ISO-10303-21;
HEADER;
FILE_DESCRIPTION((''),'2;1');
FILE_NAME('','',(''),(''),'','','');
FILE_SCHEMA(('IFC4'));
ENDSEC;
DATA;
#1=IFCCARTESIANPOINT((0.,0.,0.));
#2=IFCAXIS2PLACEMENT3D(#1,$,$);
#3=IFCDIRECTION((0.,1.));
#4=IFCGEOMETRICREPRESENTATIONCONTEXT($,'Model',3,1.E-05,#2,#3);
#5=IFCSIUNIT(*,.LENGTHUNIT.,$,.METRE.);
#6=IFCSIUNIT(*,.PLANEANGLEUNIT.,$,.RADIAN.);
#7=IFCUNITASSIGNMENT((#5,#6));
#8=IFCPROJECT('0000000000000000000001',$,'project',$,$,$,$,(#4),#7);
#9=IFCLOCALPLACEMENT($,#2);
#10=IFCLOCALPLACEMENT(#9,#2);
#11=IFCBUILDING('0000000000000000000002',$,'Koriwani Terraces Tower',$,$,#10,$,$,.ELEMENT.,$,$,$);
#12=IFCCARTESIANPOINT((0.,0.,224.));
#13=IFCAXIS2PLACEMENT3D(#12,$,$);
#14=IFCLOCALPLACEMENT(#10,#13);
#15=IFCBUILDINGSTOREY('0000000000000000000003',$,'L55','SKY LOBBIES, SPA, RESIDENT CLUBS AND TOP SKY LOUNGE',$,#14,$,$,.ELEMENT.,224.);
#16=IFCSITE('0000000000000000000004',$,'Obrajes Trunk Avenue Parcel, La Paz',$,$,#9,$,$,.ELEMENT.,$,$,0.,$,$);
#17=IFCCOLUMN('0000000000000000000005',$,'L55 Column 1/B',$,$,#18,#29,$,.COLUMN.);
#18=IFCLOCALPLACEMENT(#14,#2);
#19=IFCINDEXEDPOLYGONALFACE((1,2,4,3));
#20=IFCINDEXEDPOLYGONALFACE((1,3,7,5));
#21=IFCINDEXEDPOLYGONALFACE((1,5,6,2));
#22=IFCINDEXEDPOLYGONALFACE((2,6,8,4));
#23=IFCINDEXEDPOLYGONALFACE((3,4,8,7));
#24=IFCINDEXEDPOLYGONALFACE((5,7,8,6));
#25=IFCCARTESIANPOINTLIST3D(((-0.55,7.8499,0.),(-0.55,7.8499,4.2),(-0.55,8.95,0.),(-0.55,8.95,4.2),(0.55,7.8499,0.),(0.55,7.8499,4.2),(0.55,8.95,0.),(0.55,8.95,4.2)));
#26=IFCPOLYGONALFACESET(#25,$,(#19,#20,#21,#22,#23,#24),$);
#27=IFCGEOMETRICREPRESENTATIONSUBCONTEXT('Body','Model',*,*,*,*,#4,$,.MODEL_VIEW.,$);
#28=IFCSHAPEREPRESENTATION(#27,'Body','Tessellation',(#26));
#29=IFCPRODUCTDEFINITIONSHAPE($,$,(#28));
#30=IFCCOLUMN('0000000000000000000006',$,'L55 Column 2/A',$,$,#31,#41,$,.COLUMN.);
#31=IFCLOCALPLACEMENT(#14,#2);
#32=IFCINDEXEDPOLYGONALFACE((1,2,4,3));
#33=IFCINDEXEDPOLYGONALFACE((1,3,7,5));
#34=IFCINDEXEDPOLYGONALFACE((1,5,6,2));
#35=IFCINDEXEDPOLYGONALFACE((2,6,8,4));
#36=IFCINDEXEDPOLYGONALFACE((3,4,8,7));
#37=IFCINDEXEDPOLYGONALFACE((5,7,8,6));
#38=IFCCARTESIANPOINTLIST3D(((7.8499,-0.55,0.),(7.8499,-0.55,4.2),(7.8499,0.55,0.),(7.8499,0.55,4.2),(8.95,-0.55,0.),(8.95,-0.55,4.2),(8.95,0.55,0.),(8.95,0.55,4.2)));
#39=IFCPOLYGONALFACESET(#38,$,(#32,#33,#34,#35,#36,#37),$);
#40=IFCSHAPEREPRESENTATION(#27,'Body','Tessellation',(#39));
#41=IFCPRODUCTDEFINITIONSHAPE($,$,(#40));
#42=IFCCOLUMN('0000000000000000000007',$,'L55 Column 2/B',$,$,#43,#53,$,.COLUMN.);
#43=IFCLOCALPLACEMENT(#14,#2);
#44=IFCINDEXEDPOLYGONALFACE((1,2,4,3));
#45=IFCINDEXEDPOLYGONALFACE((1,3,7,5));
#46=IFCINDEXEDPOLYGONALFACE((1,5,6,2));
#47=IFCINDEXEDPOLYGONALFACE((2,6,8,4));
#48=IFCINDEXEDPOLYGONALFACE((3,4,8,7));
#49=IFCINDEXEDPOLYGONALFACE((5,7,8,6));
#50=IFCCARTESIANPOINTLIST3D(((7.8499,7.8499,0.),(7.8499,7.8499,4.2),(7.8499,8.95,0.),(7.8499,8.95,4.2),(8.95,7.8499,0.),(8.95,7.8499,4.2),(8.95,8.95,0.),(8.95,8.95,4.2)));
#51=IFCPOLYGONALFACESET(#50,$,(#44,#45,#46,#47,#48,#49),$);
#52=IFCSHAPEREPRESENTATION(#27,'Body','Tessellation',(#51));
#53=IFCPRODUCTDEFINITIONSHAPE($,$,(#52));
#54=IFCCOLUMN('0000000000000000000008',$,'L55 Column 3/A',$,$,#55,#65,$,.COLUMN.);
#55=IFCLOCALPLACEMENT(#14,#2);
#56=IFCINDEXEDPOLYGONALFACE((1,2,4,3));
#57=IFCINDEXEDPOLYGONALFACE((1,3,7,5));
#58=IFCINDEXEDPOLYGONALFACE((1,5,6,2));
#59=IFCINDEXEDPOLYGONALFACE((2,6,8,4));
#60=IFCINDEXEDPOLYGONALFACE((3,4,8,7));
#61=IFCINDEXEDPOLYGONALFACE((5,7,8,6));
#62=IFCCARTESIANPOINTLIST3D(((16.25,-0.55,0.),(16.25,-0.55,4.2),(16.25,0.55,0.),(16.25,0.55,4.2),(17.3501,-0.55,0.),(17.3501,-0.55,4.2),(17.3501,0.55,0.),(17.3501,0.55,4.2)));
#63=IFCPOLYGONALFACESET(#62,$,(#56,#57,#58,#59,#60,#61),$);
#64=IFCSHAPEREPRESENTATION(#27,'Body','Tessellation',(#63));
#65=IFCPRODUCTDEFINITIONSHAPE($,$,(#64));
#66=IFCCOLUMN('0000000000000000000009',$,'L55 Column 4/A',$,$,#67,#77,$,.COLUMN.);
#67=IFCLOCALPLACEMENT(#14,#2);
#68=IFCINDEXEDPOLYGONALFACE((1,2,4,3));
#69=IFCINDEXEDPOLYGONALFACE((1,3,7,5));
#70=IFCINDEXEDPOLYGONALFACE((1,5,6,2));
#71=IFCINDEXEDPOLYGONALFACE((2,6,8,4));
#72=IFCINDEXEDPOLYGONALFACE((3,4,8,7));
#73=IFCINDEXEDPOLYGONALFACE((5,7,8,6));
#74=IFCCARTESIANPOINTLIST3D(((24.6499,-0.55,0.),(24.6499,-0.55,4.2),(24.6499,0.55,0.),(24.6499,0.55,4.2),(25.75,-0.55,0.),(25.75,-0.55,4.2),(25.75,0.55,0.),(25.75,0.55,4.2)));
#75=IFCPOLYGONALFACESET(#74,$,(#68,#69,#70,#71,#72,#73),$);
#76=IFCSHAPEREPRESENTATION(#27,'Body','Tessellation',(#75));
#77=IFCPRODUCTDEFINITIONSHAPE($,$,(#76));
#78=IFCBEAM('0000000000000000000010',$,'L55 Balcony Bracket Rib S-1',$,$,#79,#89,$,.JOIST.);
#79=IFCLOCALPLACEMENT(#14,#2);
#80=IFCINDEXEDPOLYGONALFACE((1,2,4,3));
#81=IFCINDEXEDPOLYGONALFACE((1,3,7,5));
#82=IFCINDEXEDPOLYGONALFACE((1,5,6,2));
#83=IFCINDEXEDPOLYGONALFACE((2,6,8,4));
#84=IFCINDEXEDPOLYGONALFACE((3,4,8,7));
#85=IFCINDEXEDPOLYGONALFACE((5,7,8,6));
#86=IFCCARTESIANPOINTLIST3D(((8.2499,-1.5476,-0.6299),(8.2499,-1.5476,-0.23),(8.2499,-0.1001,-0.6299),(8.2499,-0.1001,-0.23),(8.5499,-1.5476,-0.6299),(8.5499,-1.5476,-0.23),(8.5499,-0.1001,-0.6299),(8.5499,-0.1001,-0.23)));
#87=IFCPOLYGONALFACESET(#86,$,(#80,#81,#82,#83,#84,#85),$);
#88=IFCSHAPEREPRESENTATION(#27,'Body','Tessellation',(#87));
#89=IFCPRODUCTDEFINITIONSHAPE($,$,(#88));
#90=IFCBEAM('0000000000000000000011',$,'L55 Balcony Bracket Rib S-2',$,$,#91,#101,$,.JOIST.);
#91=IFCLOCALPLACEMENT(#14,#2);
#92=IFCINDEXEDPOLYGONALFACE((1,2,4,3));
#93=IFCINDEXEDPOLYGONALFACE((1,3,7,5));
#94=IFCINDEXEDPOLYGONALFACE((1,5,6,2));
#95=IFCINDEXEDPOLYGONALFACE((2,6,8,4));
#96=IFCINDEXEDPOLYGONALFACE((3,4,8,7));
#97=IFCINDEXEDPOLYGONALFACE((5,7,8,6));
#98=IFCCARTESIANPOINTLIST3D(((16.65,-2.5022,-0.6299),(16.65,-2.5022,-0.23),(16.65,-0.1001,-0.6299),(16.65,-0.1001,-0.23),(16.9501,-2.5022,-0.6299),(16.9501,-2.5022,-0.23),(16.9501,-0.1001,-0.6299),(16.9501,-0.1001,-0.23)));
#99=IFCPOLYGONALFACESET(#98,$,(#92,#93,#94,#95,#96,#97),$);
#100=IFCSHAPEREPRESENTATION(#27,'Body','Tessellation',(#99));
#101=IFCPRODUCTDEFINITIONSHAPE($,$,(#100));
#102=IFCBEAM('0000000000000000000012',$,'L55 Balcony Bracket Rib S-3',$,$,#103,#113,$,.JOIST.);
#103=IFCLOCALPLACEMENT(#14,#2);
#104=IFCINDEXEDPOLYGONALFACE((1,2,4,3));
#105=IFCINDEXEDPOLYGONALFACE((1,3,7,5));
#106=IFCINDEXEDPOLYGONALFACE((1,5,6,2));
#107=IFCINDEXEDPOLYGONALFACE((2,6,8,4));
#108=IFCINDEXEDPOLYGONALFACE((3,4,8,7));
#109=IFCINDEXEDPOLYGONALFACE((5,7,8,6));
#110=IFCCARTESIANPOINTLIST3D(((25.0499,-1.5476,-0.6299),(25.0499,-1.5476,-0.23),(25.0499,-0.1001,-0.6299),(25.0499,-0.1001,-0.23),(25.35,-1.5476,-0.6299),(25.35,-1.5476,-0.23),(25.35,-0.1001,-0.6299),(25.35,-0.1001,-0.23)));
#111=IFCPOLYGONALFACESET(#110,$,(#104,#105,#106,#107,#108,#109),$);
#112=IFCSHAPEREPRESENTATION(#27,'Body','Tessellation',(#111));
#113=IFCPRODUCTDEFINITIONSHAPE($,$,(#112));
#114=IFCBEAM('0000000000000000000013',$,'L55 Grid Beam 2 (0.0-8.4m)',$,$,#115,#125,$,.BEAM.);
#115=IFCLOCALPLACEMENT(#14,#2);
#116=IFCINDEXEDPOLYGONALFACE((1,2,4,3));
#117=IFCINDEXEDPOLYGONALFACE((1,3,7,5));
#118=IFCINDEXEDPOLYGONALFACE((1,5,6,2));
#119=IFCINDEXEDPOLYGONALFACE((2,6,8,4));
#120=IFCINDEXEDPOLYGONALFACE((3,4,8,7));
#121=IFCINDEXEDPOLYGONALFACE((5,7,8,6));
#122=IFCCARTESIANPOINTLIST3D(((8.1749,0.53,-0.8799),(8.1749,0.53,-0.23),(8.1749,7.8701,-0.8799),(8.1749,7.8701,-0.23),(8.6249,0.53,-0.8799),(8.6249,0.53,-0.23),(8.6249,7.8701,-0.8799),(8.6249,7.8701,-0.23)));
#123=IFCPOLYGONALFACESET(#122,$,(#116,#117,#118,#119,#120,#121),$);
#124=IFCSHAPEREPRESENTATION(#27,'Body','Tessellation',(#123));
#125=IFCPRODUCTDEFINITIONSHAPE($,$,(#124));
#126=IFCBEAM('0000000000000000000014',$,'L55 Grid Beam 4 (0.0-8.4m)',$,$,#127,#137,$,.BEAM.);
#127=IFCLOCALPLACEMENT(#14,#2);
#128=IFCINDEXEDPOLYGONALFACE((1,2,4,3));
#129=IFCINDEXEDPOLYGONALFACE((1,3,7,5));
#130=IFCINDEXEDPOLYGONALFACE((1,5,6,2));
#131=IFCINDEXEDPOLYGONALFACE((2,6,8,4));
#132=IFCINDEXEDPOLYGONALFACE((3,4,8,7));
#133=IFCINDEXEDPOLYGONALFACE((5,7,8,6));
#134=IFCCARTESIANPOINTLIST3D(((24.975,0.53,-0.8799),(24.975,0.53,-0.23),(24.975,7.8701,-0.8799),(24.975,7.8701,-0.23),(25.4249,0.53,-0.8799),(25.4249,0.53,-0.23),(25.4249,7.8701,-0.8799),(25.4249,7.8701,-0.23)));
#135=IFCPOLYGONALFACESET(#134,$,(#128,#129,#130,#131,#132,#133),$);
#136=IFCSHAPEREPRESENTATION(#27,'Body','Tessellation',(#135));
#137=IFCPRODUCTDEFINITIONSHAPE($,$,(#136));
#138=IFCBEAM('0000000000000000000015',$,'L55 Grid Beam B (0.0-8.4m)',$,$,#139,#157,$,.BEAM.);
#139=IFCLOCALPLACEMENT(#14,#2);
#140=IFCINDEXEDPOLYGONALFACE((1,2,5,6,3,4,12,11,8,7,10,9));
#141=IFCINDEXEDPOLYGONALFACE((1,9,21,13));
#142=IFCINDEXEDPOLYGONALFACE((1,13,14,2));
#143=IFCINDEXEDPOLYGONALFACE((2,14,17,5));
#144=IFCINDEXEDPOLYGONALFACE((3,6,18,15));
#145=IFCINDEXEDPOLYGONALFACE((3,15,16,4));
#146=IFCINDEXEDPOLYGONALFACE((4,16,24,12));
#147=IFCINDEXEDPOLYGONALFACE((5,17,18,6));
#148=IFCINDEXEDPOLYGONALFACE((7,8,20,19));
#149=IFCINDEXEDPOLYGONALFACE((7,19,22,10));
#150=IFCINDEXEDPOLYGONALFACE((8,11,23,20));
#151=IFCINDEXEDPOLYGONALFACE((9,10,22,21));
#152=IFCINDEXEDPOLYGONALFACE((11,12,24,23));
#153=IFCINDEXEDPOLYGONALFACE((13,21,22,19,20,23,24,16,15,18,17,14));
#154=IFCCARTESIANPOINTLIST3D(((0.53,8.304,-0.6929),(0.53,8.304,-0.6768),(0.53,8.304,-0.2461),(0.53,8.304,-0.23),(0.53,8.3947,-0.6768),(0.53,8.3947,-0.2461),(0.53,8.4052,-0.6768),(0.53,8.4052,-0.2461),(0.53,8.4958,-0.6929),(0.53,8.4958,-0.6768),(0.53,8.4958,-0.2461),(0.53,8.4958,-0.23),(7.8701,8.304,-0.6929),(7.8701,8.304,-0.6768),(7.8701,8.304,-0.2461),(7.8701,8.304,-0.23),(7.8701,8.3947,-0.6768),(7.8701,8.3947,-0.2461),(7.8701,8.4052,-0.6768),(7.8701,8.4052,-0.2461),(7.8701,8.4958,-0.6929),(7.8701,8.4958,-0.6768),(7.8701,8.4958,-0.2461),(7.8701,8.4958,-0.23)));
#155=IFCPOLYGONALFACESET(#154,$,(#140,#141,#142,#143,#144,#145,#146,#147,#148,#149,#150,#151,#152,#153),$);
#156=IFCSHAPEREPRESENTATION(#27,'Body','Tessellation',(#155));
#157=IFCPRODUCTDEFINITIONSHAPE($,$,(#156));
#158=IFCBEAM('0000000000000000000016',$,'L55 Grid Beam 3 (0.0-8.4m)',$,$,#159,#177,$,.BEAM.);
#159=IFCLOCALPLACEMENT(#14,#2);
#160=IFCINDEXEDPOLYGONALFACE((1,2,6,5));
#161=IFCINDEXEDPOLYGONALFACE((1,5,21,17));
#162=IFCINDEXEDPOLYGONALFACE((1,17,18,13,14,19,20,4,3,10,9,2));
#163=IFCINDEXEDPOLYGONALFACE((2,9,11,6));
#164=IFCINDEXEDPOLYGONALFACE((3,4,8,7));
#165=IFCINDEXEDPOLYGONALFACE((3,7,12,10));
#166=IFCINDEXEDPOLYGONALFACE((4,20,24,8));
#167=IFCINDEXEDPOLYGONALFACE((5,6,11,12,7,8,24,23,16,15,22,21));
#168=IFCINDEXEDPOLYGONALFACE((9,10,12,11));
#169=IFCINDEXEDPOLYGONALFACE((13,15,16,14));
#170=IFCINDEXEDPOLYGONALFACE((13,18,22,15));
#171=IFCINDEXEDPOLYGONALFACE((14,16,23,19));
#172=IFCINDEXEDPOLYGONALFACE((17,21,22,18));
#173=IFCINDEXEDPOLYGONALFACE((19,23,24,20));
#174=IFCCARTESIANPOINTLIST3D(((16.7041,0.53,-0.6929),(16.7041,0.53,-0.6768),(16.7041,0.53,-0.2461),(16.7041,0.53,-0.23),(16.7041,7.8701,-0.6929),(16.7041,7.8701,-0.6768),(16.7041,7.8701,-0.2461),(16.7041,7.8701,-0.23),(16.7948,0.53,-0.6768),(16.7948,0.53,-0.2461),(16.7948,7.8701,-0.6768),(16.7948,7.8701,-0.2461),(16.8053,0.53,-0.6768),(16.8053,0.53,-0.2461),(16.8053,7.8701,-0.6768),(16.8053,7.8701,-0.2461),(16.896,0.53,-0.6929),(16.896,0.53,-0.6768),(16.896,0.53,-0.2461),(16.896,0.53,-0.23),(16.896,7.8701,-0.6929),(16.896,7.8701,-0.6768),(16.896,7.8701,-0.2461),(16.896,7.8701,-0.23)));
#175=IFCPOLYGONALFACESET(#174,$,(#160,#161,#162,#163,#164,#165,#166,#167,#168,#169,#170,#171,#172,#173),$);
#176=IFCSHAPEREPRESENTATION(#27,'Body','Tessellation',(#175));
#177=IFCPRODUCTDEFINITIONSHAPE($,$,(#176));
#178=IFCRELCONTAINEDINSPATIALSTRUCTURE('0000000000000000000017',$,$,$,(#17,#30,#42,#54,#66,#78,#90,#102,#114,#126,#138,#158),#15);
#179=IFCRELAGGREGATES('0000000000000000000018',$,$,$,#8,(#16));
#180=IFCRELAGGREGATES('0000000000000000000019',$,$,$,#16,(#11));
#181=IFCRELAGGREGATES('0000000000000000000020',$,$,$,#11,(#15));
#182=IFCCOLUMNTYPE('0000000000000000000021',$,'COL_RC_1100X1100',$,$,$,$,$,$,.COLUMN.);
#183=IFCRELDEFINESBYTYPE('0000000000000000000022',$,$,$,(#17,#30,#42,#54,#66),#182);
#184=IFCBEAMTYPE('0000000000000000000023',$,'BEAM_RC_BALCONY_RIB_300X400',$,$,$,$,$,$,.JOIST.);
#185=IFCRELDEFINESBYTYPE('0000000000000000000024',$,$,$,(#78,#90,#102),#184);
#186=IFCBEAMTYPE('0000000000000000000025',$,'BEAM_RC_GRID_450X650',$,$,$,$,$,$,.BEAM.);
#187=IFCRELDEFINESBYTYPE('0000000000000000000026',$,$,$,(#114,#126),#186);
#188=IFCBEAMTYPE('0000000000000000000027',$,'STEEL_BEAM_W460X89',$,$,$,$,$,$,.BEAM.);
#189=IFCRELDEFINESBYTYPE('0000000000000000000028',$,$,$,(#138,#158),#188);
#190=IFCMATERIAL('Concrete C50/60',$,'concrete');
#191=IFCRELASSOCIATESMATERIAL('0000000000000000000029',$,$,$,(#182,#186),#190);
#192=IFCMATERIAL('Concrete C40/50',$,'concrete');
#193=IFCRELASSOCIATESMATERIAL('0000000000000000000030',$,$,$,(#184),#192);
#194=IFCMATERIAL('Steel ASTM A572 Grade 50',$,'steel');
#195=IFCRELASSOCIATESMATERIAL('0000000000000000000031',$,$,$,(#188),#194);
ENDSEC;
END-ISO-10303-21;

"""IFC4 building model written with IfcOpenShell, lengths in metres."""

from ifc_helpers import new_model, si_unit, direction, frame, origin, origin_2d, place, context, subcontext, project, spatial, rectangle, i_section, extrude, material, material_profile, profile_set, type_object, element, save


model = new_model("IFC4")

# Units and contexts
model_context = context("Model", 3, precision=1e-05, world=origin(), true_north=direction((0.0, 1.0)))
body_context = subcontext(model_context, "Body", "Model", "MODEL_VIEW")
ifc_project = project(units=[si_unit("LENGTHUNIT", "METRE"), si_unit("PLANEANGLEUNIT", "RADIAN")], contexts=[model_context])

# Site, building, storey
site_placement = place(None, origin())
site = spatial("IfcSite", under=ifc_project, at=site_placement, Name="Obrajes Trunk Avenue Parcel, La Paz", CompositionType="ELEMENT", RefElevation=0.0)
building_placement = place(site_placement, origin())
building = spatial("IfcBuilding", under=site, at=building_placement, Name="Koriwani Terraces Tower", CompositionType="ELEMENT")
storey_placement = place(building_placement, frame((0.0, 0.0, 224.0)))
storey = spatial("IfcBuildingStorey", under=building, at=storey_placement, Name="L55", Description="SKY LOBBIES, SPA, RESIDENT CLUBS AND TOP SKY LOUNGE", CompositionType="ELEMENT", Elevation=224.0)

# Columns
ifc_material_1 = material(Name="Concrete C50/60", Category="concrete")
ifc_material_profile_1 = material_profile(ifc_material_1, rectangle(XDim=1.1001, YDim=1.1001, at=origin_2d()), Name="Concrete C50/60", Category="LoadBearing")
ifc_profile_set_1 = profile_set([ifc_material_profile_1], Name="Concrete C50/60")
column_type = type_object("IfcColumnType", Name="COL_RC_1100X1100", PredefinedType="COLUMN", material=ifc_profile_set_1)
for number, where, z_axis, x_axis, name in (
    (1, (0.0, 8.3999, 0.0), (0.0, 0.0, 1.0), (1.0, 0.0, 0.0), "L55 Column 1/B"),
    (2, (8.3999, 0.0, 0.0), (0.0, 0.0, 1.0), (1.0, 0.0, 0.0), "L55 Column 2/A"),
    (3, (8.3999, 8.3999, 0.0), (0.0, 0.0, 1.0), (1.0, 0.0, 0.0), "L55 Column 2/B"),
    (4, (16.8, 0.0, 0.0), (0.0, 0.0, 1.0), (1.0, 0.0, 0.0), "L55 Column 3/A"),
    (5, (25.2, 0.0, 0.0), (0.0, 0.0, 1.0), (1.0, 0.0, 0.0), "L55 Column 4/A"),
):
    element("IfcColumn", number, at=place(storey_placement, frame(where, z_axis=z_axis, x_axis=x_axis)), inside=storey, type_object=column_type, Name=name, PredefinedType="COLUMN", context=body_context, shape_type="SweptSolid", body=[
        extrude(rectangle(XDim=1.1001, YDim=1.1001, at=origin_2d()), origin(), (0.0, 0.0, 1.0), 4.2),
    ])

# Beams
ifc_material_2 = material(Name="Concrete C40/50", Category="concrete")
ifc_material_profile_2 = material_profile(ifc_material_2, rectangle(XDim=0.3, YDim=0.3999, at=origin_2d()), Name="Concrete C40/50", Category="LoadBearing")
ifc_profile_set_2 = profile_set([ifc_material_profile_2], Name="Concrete C40/50")
beam_type_1 = type_object("IfcBeamType", Name="BEAM_RC_BALCONY_RIB_300X400", PredefinedType="JOIST", material=ifc_profile_set_2)
beam_1_placement = place(storey_placement, frame((8.3999, -1.5476, -0.4299), z_axis=(0.0, 1.0, 0.0), x_axis=(-1.0, 0.0, 0.0)))
element("IfcBeam", 6, at=beam_1_placement, inside=storey, type_object=beam_type_1, Name="L55 Balcony Bracket Rib S-1", PredefinedType="JOIST", context=body_context, shape_type="SweptSolid", body=[
    extrude(rectangle(XDim=0.3, YDim=0.3999, at=origin_2d()), origin(), (0.0, 0.0, 1.0), 1.4475),
])
beam_2_placement = place(storey_placement, frame((16.8, -2.5022, -0.4299), z_axis=(0.0, 1.0, 0.0), x_axis=(-1.0, 0.0, 0.0)))
element("IfcBeam", 7, at=beam_2_placement, inside=storey, type_object=beam_type_1, Name="L55 Balcony Bracket Rib S-2", PredefinedType="JOIST", context=body_context, shape_type="SweptSolid", body=[
    extrude(rectangle(XDim=0.3, YDim=0.3999, at=origin_2d()), origin(), (0.0, 0.0, 1.0), 2.4021),
])
beam_3_placement = place(storey_placement, frame((25.2, -1.5476, -0.4299), z_axis=(0.0, 1.0, 0.0), x_axis=(-1.0, 0.0, 0.0)))
element("IfcBeam", 8, at=beam_3_placement, inside=storey, type_object=beam_type_1, Name="L55 Balcony Bracket Rib S-3", PredefinedType="JOIST", context=body_context, shape_type="SweptSolid", body=[
    extrude(rectangle(XDim=0.3, YDim=0.3999, at=origin_2d()), origin(), (0.0, 0.0, 1.0), 1.4475),
])
ifc_material_profile_3 = material_profile(ifc_material_1, rectangle(XDim=0.45, YDim=0.6499, at=origin_2d()), Name="Concrete C50/60", Category="LoadBearing")
ifc_profile_set_3 = profile_set([ifc_material_profile_3], Name="Concrete C50/60")
beam_type_2 = type_object("IfcBeamType", Name="BEAM_RC_GRID_450X650", PredefinedType="BEAM", material=ifc_profile_set_3)
for number, where, z_axis, x_axis, name in (
    (9, (8.3999, 0.53, -0.5549), (0.0, 1.0, 0.0), (-1.0, 0.0, 0.0), "L55 Grid Beam 2 (0.0-8.4m)"),
    (10, (25.2, 0.53, -0.5549), (0.0, 1.0, 0.0), (-1.0, 0.0, 0.0), "L55 Grid Beam 4 (0.0-8.4m)"),
):
    element("IfcBeam", number, at=place(storey_placement, frame(where, z_axis=z_axis, x_axis=x_axis)), inside=storey, type_object=beam_type_2, Name=name, PredefinedType="BEAM", context=body_context, shape_type="SweptSolid", body=[
        extrude(rectangle(XDim=0.45, YDim=0.6499, at=origin_2d()), origin(), (0.0, 0.0, 1.0), 7.3401),
    ])
ifc_material_3 = material(Name="Steel ASTM A572 Grade 50", Category="steel")
ifc_material_profile_4 = material_profile(ifc_material_3, i_section(OverallWidth=0.1919, OverallDepth=0.4629, WebThickness=0.0105, FlangeThickness=0.0161, at=origin_2d()), Name="Steel ASTM A572 Grade 50", Category="LoadBearing")
ifc_profile_set_4 = profile_set([ifc_material_profile_4], Name="Steel ASTM A572 Grade 50")
beam_type_3 = type_object("IfcBeamType", Name="STEEL_BEAM_W460X89", PredefinedType="BEAM", material=ifc_profile_set_4)
for number, where, z_axis, x_axis, name in (
    (11, (0.53, 8.3999, -0.4614), (1.0, 0.0, 0.0), (0.0, 1.0, 0.0), "L55 Grid Beam B (0.0-8.4m)"),
    (12, (16.8, 0.53, -0.4614), (0.0, 1.0, 0.0), (-1.0, 0.0, 0.0), "L55 Grid Beam 3 (0.0-8.4m)"),
):
    element("IfcBeam", number, at=place(storey_placement, frame(where, z_axis=z_axis, x_axis=x_axis)), inside=storey, type_object=beam_type_3, Name=name, PredefinedType="BEAM", context=body_context, shape_type="SweptSolid", body=[
        extrude(i_section(OverallWidth=0.1919, OverallDepth=0.4629, WebThickness=0.0105, FlangeThickness=0.0161, at=origin_2d()), origin(), (0.0, 0.0, 1.0), 7.3401),
    ])

save(model, "model.ifc")
